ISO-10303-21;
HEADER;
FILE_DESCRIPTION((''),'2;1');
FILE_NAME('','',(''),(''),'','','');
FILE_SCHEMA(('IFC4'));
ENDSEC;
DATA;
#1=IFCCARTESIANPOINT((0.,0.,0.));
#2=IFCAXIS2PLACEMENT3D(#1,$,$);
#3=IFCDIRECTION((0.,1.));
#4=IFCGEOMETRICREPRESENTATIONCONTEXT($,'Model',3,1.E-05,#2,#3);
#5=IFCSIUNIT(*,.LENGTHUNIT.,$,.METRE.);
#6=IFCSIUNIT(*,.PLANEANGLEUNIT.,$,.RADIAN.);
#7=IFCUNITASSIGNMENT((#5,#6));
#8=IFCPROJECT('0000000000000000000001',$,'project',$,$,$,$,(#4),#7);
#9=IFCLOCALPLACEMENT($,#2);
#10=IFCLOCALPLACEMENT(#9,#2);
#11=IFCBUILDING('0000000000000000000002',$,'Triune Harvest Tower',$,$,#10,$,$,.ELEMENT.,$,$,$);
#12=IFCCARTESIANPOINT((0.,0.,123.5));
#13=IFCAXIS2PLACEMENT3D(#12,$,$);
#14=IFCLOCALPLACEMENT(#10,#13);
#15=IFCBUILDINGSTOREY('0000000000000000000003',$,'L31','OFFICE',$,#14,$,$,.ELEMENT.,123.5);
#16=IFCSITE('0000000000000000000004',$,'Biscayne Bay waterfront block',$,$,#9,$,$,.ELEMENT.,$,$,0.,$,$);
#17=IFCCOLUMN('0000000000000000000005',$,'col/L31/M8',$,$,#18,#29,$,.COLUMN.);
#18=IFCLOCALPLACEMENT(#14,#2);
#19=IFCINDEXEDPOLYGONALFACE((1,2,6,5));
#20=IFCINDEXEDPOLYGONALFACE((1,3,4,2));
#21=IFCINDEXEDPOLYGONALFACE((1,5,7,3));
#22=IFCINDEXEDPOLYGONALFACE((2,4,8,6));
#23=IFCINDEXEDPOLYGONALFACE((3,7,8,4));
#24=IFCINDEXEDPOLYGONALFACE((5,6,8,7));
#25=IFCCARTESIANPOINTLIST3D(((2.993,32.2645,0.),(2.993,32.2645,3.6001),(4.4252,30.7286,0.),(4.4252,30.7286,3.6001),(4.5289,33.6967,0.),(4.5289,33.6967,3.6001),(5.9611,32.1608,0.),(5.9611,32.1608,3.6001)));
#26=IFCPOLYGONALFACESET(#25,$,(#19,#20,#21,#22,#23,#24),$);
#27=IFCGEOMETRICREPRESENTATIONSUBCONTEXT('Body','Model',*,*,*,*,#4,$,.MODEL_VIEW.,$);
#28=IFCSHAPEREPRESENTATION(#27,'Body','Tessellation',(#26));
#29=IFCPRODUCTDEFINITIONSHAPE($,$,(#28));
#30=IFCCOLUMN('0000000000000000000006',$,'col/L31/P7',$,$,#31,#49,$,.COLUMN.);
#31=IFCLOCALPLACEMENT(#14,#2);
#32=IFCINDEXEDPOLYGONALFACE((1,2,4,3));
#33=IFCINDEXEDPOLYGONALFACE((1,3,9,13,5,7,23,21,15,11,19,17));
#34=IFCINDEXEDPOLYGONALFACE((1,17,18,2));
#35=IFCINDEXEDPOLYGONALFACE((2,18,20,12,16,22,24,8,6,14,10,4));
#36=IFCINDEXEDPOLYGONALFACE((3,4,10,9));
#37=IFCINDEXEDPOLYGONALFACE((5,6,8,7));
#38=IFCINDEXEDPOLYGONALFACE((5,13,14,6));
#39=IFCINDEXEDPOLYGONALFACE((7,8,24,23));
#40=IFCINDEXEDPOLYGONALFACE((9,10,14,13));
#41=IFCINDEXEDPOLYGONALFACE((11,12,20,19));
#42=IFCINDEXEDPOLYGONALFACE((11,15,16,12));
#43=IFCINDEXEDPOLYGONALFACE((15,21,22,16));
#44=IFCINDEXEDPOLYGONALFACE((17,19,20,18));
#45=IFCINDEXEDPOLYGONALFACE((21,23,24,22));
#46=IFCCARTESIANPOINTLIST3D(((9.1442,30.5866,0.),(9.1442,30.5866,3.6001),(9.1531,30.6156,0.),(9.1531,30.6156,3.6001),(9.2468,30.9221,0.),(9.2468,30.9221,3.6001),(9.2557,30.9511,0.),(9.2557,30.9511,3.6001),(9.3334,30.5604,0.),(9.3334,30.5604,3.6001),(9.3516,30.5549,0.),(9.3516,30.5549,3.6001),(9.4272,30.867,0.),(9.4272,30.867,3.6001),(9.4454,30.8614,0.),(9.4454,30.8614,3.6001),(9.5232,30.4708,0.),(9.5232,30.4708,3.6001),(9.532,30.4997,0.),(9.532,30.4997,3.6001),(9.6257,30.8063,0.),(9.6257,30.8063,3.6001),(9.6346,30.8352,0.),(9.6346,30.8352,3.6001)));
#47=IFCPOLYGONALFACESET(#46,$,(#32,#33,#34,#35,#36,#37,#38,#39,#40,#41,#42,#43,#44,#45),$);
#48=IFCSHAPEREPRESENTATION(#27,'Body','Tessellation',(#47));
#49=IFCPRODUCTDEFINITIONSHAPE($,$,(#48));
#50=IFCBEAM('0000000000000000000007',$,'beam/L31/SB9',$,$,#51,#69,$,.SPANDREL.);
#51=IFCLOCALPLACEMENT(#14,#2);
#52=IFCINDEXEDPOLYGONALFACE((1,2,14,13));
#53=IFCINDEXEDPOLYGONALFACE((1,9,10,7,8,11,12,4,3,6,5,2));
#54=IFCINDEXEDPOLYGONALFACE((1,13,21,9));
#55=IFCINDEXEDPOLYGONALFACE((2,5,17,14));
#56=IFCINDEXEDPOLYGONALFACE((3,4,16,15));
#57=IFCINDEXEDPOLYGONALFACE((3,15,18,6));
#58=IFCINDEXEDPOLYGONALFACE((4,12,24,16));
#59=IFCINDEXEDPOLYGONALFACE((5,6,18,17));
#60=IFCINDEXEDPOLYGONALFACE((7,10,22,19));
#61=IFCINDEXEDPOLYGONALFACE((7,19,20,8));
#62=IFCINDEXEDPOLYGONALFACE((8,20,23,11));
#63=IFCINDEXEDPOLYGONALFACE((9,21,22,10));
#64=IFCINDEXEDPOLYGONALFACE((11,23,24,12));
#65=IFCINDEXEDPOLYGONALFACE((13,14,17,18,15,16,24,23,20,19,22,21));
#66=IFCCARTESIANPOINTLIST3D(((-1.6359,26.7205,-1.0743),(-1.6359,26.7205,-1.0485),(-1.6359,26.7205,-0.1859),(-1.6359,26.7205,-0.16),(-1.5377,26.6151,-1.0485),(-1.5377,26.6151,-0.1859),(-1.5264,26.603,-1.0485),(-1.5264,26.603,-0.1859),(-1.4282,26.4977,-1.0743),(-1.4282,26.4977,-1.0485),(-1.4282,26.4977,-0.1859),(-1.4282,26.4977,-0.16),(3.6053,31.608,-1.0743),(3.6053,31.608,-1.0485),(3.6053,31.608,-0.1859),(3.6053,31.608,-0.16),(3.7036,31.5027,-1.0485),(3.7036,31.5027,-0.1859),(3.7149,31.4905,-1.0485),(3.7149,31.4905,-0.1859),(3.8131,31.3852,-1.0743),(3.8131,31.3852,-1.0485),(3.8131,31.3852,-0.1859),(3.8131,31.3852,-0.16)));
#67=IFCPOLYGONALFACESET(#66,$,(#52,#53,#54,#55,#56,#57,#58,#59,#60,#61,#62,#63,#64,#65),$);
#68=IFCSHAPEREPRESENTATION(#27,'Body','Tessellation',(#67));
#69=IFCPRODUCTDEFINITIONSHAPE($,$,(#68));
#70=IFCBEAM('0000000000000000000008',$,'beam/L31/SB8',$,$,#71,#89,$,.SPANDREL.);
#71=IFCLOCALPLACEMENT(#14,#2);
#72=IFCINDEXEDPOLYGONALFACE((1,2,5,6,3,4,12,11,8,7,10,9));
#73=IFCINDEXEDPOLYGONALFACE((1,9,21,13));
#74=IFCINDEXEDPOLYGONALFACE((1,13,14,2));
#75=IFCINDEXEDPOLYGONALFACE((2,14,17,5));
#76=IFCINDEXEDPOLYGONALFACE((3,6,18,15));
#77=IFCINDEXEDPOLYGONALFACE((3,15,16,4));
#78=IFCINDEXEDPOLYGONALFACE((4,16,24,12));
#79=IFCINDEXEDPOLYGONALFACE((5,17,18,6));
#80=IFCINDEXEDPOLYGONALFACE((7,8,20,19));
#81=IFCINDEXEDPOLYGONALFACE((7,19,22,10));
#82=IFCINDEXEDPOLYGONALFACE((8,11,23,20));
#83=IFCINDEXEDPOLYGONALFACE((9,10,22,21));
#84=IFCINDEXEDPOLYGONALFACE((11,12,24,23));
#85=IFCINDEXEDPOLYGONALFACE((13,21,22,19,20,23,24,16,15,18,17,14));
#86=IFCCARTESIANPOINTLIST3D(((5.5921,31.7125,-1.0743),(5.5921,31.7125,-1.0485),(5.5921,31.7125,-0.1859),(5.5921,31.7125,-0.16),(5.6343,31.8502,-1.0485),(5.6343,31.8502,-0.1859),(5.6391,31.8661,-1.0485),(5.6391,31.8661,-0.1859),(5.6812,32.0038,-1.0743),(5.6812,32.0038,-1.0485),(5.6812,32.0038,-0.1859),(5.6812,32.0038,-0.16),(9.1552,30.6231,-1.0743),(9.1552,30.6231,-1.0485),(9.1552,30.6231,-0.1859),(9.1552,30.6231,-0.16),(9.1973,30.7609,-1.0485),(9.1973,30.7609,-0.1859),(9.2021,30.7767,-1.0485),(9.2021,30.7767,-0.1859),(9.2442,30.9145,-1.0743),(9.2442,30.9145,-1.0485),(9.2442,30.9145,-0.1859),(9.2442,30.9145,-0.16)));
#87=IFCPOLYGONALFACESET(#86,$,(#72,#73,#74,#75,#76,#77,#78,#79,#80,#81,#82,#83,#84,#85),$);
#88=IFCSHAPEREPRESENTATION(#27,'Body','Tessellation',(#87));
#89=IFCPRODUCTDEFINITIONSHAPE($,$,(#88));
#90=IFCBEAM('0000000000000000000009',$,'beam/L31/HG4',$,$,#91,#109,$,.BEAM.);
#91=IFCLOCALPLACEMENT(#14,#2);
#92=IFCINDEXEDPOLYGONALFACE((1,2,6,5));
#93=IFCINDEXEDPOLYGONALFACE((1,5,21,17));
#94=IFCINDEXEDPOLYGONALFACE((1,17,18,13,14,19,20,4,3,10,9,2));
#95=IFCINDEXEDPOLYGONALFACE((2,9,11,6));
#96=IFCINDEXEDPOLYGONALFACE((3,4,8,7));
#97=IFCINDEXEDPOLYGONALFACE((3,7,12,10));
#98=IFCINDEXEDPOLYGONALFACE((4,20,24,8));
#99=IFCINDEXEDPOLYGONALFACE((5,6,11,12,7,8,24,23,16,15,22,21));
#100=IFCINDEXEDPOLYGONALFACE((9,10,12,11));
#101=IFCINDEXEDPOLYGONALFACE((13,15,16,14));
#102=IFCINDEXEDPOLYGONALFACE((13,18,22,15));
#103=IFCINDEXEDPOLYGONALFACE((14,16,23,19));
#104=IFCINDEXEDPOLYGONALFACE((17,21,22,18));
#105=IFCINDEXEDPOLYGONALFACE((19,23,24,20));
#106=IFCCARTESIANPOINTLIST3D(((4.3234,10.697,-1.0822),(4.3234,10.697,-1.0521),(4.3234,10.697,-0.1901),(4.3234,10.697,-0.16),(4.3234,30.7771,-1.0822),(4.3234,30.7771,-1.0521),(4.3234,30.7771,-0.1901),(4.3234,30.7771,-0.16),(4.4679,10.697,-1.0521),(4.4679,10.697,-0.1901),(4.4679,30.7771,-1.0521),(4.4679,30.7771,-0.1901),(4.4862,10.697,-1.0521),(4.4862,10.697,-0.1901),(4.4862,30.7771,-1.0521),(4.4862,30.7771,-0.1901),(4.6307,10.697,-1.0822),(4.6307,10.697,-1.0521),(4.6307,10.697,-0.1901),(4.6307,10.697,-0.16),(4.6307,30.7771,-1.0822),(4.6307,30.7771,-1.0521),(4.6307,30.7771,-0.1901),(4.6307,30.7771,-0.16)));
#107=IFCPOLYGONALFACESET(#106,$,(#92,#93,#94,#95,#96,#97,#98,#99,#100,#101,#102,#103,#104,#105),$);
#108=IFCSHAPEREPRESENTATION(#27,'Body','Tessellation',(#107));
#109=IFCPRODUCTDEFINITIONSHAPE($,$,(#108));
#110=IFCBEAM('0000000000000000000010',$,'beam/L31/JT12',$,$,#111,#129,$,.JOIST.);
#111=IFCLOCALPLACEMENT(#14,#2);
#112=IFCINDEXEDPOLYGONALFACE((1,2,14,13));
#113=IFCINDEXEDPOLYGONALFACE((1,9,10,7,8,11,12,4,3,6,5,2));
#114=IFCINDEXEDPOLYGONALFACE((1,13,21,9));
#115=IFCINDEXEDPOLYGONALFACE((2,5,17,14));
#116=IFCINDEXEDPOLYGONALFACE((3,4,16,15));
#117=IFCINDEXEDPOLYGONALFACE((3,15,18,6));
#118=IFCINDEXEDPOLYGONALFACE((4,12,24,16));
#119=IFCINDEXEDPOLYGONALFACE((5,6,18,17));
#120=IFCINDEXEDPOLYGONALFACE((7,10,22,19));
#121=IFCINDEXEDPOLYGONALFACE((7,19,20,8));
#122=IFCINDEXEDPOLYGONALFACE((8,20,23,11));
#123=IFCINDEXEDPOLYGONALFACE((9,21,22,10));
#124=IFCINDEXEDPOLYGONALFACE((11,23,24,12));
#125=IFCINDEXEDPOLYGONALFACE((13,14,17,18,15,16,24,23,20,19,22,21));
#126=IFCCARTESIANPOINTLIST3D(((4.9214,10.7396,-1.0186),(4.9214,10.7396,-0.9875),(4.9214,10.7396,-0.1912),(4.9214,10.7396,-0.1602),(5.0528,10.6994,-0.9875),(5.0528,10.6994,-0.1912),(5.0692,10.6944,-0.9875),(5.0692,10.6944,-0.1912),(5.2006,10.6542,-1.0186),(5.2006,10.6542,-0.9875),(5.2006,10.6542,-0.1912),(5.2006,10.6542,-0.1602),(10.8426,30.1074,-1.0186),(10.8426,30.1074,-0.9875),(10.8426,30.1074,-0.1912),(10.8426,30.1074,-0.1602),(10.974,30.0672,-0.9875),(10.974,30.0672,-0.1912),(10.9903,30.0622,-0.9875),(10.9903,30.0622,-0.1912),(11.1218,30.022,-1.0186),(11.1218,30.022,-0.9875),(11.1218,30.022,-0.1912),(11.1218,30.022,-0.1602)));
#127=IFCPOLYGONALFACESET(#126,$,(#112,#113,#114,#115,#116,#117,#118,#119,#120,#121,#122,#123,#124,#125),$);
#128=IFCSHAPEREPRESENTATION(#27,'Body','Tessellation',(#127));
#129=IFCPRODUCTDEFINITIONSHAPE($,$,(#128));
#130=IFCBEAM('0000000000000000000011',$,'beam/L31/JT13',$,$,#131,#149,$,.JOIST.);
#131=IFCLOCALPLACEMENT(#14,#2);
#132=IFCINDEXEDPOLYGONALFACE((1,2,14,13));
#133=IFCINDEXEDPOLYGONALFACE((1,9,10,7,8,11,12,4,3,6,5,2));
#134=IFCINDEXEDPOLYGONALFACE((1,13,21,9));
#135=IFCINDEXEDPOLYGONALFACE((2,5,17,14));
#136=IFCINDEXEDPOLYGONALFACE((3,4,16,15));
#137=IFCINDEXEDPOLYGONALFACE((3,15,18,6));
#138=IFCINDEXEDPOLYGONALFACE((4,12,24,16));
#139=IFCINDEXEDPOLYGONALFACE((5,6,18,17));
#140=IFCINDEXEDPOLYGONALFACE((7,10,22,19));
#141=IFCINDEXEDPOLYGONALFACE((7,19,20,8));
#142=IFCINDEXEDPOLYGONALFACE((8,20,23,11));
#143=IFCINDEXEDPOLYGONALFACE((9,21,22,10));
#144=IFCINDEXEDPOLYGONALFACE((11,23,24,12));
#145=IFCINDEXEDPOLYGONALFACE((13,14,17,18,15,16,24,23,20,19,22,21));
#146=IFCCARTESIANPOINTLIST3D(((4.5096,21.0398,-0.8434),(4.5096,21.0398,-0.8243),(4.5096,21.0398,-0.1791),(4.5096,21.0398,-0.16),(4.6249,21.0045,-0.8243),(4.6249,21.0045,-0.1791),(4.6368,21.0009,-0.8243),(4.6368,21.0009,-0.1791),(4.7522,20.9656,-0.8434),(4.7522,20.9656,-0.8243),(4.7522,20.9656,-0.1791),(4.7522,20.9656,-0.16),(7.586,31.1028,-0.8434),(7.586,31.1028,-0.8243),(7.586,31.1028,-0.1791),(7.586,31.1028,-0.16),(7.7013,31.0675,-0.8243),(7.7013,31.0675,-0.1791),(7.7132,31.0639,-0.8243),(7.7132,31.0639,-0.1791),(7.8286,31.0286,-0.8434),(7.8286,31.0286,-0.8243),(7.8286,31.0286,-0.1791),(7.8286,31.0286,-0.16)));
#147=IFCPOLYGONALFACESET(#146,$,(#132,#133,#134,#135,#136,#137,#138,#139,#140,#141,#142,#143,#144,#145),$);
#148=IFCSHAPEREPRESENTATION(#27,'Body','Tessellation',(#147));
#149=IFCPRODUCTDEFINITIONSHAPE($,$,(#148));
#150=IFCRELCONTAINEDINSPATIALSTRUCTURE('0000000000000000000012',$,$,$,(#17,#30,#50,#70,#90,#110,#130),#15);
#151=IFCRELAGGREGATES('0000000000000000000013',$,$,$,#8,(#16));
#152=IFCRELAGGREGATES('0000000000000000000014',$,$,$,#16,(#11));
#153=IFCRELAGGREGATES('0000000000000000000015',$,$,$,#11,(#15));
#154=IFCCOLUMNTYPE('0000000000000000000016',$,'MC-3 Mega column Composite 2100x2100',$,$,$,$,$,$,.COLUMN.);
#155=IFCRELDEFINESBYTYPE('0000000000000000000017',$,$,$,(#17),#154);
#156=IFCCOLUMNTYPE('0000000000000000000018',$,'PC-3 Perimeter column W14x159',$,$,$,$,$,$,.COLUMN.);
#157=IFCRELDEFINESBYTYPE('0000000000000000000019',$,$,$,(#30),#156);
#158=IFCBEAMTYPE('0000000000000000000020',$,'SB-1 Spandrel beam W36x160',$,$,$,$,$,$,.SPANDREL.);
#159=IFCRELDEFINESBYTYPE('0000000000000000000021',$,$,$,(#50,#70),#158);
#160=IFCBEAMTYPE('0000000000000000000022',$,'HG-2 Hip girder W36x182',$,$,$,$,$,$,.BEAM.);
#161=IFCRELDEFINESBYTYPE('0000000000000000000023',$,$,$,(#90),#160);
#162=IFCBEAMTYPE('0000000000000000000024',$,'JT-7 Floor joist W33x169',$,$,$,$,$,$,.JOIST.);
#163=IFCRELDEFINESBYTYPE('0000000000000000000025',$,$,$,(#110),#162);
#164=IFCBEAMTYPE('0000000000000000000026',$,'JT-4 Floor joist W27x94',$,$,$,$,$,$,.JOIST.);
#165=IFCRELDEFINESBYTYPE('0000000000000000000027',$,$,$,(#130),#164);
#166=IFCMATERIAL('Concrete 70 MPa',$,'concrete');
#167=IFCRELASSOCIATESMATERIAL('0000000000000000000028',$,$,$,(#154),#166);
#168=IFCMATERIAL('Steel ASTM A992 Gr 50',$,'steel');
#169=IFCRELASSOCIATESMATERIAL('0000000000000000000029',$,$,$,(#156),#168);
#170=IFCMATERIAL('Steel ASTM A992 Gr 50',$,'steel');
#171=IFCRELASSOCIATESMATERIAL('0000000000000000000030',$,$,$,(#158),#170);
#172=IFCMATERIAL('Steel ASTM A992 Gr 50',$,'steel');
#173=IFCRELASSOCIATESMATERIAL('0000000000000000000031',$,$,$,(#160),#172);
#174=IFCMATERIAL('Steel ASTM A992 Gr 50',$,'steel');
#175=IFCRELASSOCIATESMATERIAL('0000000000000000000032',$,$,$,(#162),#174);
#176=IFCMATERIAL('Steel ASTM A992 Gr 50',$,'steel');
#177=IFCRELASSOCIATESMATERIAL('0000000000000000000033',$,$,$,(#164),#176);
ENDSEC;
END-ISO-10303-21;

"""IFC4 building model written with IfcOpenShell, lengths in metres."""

from ifc_helpers import new_model, si_unit, direction, frame, origin, origin_2d, place, context, subcontext, project, spatial, rectangle, i_section, extrude, source, transform, mapped, material, material_profile, profile_set, type_object, element, save


model = new_model("IFC4")

# Units and contexts
model_context = context("Model", 3, precision=1e-05, world=origin(), true_north=direction((0.0, 1.0)))
body_context = subcontext(model_context, "Body", "Model", "MODEL_VIEW")
ifc_project = project(units=[si_unit("LENGTHUNIT", "METRE"), si_unit("PLANEANGLEUNIT", "RADIAN")], contexts=[model_context])

# Site, building, storey
site_placement = place(None, origin())
site = spatial("IfcSite", under=ifc_project, at=site_placement, Name="Biscayne Bay waterfront block", CompositionType="ELEMENT", RefElevation=0.0)
building_placement = place(site_placement, origin())
building = spatial("IfcBuilding", under=site, at=building_placement, Name="Triune Harvest Tower", CompositionType="ELEMENT")
storey_placement = place(building_placement, frame((0.0, 0.0, 123.5)))
storey = spatial("IfcBuildingStorey", under=building, at=storey_placement, Name="L31", Description="OFFICE", CompositionType="ELEMENT", Elevation=123.5)

# Columns
ifc_material_1 = material(Name="Concrete 70 MPa", Category="concrete")
ifc_material_profile_1 = material_profile(ifc_material_1, rectangle(XDim=2.1001, YDim=2.1001, at=origin_2d()), Name="Composite 2100x2100")
ifc_profile_set_1 = profile_set([ifc_material_profile_1], Name="Concrete 70 MPa")
column_type_1 = type_object("IfcColumnType", Name="MC-3 Mega column Composite 2100x2100", PredefinedType="COLUMN", material=ifc_profile_set_1)
shared_shape_1 = source(origin(), body_context, "Body", "SweptSolid", [
    extrude(rectangle(XDim=2.1001, YDim=2.1001, at=origin_2d()), origin(), (0.0, 0.0, 1.0), 3.6001),
])
column_1_placement = place(storey_placement, frame((4.4771, 32.2126, 0.0), z_axis=(0.0, 0.0, 1.0), x_axis=(-0.731355, -0.681997, 0.0)))
element("IfcColumn", 1, at=column_1_placement, inside=storey, type_object=column_type_1, Name="col/L31/M8", PredefinedType="COLUMN", context=body_context, shape_type="MappedRepresentation", body=[
    mapped(shared_shape_1, transform((0.0, 0.0, 0.0), scale=1.0)),
])
ifc_material_2 = material(Name="Steel ASTM A992 Gr 50", Category="steel")
ifc_material_profile_2 = material_profile(ifc_material_2, i_section(OverallWidth=0.3962, OverallDepth=0.3811, WebThickness=0.019, FlangeThickness=0.0303, at=origin_2d()), Name="W14x159")
ifc_profile_set_2 = profile_set([ifc_material_profile_2], Name="Steel ASTM A992 Gr 50")
column_type_2 = type_object("IfcColumnType", Name="PC-3 Perimeter column W14x159", PredefinedType="COLUMN", material=ifc_profile_set_2)
shared_shape_2 = source(origin(), body_context, "Body", "SweptSolid", [
    extrude(i_section(OverallWidth=0.3962, OverallDepth=0.3811, WebThickness=0.019, FlangeThickness=0.0303, at=origin_2d()), origin(), (0.0, 0.0, 1.0), 3.6001),
])
column_2_placement = place(storey_placement, frame((9.3894, 30.7109, 0.0), z_axis=(0.0, 0.0, 1.0), x_axis=(-0.956305, 0.292372, 0.0)))
element("IfcColumn", 2, at=column_2_placement, inside=storey, type_object=column_type_2, Name="col/L31/P7", PredefinedType="COLUMN", context=body_context, shape_type="MappedRepresentation", body=[
    mapped(shared_shape_2, transform((0.0, 0.0, 0.0), scale=1.0)),
])

# Beams
ifc_material_3 = material(Name="Steel ASTM A992 Gr 50", Category="steel")
ifc_material_profile_3 = material_profile(ifc_material_3, i_section(OverallWidth=0.3047, OverallDepth=0.9143, WebThickness=0.0166, FlangeThickness=0.0259, at=origin_2d()), Name="W36x160")
ifc_profile_set_3 = profile_set([ifc_material_profile_3], Name="Steel ASTM A992 Gr 50")
beam_type_1 = type_object("IfcBeamType", Name="SB-1 Spandrel beam W36x160", PredefinedType="SPANDREL", material=ifc_profile_set_3)
shared_shape_3 = source(origin(), body_context, "Body", "SweptSolid", [
    extrude(i_section(OverallWidth=0.3047, OverallDepth=0.9143, WebThickness=0.0166, FlangeThickness=0.0259, at=origin_2d()), origin(), (0.0, 0.0, 1.0), 7.1665),
])
beam_1_placement = place(storey_placement, frame((3.7092, 31.4966, -0.6172), z_axis=(-0.731358, -0.681994, 0.0), x_axis=(0.681994, -0.731358, 0.0)))
element("IfcBeam", 3, at=beam_1_placement, inside=storey, type_object=beam_type_1, Name="beam/L31/SB9", PredefinedType="SPANDREL", context=body_context, shape_type="MappedRepresentation", body=[
    mapped(shared_shape_3, transform((0.0, 0.0, 0.0), scale=1.0)),
])
shared_shape_4 = source(origin(), body_context, "Body", "SweptSolid", [
    extrude(i_section(OverallWidth=0.3047, OverallDepth=0.9143, WebThickness=0.0166, FlangeThickness=0.0259, at=origin_2d()), origin(), (0.0, 0.0, 1.0), 3.7258),
])
beam_2_placement = place(storey_placement, frame((9.1997, 30.7688, -0.6172), z_axis=(-0.956302, 0.292382, 0.0), x_axis=(-0.292382, -0.956302, 0.0)))
element("IfcBeam", 4, at=beam_2_placement, inside=storey, type_object=beam_type_1, Name="beam/L31/SB8", PredefinedType="SPANDREL", context=body_context, shape_type="MappedRepresentation", body=[
    mapped(shared_shape_4, transform((0.0, 0.0, 0.0), scale=1.0)),
])
ifc_material_4 = material(Name="Steel ASTM A992 Gr 50", Category="steel")
ifc_material_profile_4 = material_profile(ifc_material_4, i_section(OverallWidth=0.3074, OverallDepth=0.9221, WebThickness=0.0183, FlangeThickness=0.03, at=origin_2d()), Name="W36x182")
ifc_profile_set_4 = profile_set([ifc_material_profile_4], Name="Steel ASTM A992 Gr 50")
beam_type_2 = type_object("IfcBeamType", Name="HG-2 Hip girder W36x182", PredefinedType="BEAM", material=ifc_profile_set_4)
shared_shape_5 = source(origin(), body_context, "Body", "SweptSolid", [
    extrude(i_section(OverallWidth=0.3074, OverallDepth=0.9221, WebThickness=0.0183, FlangeThickness=0.03, at=origin_2d()), origin(), (0.0, 0.0, 1.0), 20.0801),
])
beam_3_placement = place(storey_placement, frame((4.4771, 30.7771, -0.6211), z_axis=(0.0, -1.0, 0.0), x_axis=(1.0, 0.0, 0.0)))
element("IfcBeam", 5, at=beam_3_placement, inside=storey, type_object=beam_type_2, Name="beam/L31/HG4", PredefinedType="BEAM", context=body_context, shape_type="MappedRepresentation", body=[
    mapped(shared_shape_5, transform((0.0, 0.0, 0.0), scale=1.0)),
])
ifc_material_5 = material(Name="Steel ASTM A992 Gr 50", Category="steel")
ifc_material_profile_5 = material_profile(ifc_material_5, i_section(OverallWidth=0.292, OverallDepth=0.8584, WebThickness=0.0171, FlangeThickness=0.031, at=origin_2d()), Name="W33x169")
ifc_profile_set_5 = profile_set([ifc_material_profile_5], Name="Steel ASTM A992 Gr 50")
beam_type_3 = type_object("IfcBeamType", Name="JT-7 Floor joist W33x169", PredefinedType="JOIST", material=ifc_profile_set_5)
shared_shape_6 = source(origin(), body_context, "Body", "SweptSolid", [
    extrude(i_section(OverallWidth=0.292, OverallDepth=0.8584, WebThickness=0.0171, FlangeThickness=0.031, at=origin_2d()), origin(), (0.0, 0.0, 1.0), 20.2527),
])
beam_4_placement = place(storey_placement, frame((10.9822, 30.0647, -0.5894), z_axis=(-0.292365, -0.956307, 0.0), x_axis=(0.956307, -0.292365, 0.0)))
element("IfcBeam", 6, at=beam_4_placement, inside=storey, type_object=beam_type_3, Name="beam/L31/JT12", PredefinedType="JOIST", context=body_context, shape_type="MappedRepresentation", body=[
    mapped(shared_shape_6, transform((0.0, 0.0, 0.0), scale=1.0)),
])
ifc_material_6 = material(Name="Steel ASTM A992 Gr 50", Category="steel")
ifc_material_profile_6 = material_profile(ifc_material_6, i_section(OverallWidth=0.2537, OverallDepth=0.6833, WebThickness=0.0125, FlangeThickness=0.019, at=origin_2d()), Name="W27x94")
ifc_profile_set_6 = profile_set([ifc_material_profile_6], Name="Steel ASTM A992 Gr 50")
beam_type_4 = type_object("IfcBeamType", Name="JT-4 Floor joist W27x94", PredefinedType="JOIST", material=ifc_profile_set_6)
shared_shape_7 = source(origin(), body_context, "Body", "SweptSolid", [
    extrude(i_section(OverallWidth=0.2537, OverallDepth=0.6833, WebThickness=0.0125, FlangeThickness=0.019, at=origin_2d()), origin(), (0.0, 0.0, 1.0), 10.5227),
])
beam_5_placement = place(storey_placement, frame((7.7073, 31.0657, -0.5017), z_axis=(-0.292359, -0.956309, 0.0), x_axis=(0.956309, -0.292359, 0.0)))
element("IfcBeam", 7, at=beam_5_placement, inside=storey, type_object=beam_type_4, Name="beam/L31/JT13", PredefinedType="JOIST", context=body_context, shape_type="MappedRepresentation", body=[
    mapped(shared_shape_7, transform((0.0, 0.0, 0.0), scale=1.0)),
])

save(model, "model.ifc")
